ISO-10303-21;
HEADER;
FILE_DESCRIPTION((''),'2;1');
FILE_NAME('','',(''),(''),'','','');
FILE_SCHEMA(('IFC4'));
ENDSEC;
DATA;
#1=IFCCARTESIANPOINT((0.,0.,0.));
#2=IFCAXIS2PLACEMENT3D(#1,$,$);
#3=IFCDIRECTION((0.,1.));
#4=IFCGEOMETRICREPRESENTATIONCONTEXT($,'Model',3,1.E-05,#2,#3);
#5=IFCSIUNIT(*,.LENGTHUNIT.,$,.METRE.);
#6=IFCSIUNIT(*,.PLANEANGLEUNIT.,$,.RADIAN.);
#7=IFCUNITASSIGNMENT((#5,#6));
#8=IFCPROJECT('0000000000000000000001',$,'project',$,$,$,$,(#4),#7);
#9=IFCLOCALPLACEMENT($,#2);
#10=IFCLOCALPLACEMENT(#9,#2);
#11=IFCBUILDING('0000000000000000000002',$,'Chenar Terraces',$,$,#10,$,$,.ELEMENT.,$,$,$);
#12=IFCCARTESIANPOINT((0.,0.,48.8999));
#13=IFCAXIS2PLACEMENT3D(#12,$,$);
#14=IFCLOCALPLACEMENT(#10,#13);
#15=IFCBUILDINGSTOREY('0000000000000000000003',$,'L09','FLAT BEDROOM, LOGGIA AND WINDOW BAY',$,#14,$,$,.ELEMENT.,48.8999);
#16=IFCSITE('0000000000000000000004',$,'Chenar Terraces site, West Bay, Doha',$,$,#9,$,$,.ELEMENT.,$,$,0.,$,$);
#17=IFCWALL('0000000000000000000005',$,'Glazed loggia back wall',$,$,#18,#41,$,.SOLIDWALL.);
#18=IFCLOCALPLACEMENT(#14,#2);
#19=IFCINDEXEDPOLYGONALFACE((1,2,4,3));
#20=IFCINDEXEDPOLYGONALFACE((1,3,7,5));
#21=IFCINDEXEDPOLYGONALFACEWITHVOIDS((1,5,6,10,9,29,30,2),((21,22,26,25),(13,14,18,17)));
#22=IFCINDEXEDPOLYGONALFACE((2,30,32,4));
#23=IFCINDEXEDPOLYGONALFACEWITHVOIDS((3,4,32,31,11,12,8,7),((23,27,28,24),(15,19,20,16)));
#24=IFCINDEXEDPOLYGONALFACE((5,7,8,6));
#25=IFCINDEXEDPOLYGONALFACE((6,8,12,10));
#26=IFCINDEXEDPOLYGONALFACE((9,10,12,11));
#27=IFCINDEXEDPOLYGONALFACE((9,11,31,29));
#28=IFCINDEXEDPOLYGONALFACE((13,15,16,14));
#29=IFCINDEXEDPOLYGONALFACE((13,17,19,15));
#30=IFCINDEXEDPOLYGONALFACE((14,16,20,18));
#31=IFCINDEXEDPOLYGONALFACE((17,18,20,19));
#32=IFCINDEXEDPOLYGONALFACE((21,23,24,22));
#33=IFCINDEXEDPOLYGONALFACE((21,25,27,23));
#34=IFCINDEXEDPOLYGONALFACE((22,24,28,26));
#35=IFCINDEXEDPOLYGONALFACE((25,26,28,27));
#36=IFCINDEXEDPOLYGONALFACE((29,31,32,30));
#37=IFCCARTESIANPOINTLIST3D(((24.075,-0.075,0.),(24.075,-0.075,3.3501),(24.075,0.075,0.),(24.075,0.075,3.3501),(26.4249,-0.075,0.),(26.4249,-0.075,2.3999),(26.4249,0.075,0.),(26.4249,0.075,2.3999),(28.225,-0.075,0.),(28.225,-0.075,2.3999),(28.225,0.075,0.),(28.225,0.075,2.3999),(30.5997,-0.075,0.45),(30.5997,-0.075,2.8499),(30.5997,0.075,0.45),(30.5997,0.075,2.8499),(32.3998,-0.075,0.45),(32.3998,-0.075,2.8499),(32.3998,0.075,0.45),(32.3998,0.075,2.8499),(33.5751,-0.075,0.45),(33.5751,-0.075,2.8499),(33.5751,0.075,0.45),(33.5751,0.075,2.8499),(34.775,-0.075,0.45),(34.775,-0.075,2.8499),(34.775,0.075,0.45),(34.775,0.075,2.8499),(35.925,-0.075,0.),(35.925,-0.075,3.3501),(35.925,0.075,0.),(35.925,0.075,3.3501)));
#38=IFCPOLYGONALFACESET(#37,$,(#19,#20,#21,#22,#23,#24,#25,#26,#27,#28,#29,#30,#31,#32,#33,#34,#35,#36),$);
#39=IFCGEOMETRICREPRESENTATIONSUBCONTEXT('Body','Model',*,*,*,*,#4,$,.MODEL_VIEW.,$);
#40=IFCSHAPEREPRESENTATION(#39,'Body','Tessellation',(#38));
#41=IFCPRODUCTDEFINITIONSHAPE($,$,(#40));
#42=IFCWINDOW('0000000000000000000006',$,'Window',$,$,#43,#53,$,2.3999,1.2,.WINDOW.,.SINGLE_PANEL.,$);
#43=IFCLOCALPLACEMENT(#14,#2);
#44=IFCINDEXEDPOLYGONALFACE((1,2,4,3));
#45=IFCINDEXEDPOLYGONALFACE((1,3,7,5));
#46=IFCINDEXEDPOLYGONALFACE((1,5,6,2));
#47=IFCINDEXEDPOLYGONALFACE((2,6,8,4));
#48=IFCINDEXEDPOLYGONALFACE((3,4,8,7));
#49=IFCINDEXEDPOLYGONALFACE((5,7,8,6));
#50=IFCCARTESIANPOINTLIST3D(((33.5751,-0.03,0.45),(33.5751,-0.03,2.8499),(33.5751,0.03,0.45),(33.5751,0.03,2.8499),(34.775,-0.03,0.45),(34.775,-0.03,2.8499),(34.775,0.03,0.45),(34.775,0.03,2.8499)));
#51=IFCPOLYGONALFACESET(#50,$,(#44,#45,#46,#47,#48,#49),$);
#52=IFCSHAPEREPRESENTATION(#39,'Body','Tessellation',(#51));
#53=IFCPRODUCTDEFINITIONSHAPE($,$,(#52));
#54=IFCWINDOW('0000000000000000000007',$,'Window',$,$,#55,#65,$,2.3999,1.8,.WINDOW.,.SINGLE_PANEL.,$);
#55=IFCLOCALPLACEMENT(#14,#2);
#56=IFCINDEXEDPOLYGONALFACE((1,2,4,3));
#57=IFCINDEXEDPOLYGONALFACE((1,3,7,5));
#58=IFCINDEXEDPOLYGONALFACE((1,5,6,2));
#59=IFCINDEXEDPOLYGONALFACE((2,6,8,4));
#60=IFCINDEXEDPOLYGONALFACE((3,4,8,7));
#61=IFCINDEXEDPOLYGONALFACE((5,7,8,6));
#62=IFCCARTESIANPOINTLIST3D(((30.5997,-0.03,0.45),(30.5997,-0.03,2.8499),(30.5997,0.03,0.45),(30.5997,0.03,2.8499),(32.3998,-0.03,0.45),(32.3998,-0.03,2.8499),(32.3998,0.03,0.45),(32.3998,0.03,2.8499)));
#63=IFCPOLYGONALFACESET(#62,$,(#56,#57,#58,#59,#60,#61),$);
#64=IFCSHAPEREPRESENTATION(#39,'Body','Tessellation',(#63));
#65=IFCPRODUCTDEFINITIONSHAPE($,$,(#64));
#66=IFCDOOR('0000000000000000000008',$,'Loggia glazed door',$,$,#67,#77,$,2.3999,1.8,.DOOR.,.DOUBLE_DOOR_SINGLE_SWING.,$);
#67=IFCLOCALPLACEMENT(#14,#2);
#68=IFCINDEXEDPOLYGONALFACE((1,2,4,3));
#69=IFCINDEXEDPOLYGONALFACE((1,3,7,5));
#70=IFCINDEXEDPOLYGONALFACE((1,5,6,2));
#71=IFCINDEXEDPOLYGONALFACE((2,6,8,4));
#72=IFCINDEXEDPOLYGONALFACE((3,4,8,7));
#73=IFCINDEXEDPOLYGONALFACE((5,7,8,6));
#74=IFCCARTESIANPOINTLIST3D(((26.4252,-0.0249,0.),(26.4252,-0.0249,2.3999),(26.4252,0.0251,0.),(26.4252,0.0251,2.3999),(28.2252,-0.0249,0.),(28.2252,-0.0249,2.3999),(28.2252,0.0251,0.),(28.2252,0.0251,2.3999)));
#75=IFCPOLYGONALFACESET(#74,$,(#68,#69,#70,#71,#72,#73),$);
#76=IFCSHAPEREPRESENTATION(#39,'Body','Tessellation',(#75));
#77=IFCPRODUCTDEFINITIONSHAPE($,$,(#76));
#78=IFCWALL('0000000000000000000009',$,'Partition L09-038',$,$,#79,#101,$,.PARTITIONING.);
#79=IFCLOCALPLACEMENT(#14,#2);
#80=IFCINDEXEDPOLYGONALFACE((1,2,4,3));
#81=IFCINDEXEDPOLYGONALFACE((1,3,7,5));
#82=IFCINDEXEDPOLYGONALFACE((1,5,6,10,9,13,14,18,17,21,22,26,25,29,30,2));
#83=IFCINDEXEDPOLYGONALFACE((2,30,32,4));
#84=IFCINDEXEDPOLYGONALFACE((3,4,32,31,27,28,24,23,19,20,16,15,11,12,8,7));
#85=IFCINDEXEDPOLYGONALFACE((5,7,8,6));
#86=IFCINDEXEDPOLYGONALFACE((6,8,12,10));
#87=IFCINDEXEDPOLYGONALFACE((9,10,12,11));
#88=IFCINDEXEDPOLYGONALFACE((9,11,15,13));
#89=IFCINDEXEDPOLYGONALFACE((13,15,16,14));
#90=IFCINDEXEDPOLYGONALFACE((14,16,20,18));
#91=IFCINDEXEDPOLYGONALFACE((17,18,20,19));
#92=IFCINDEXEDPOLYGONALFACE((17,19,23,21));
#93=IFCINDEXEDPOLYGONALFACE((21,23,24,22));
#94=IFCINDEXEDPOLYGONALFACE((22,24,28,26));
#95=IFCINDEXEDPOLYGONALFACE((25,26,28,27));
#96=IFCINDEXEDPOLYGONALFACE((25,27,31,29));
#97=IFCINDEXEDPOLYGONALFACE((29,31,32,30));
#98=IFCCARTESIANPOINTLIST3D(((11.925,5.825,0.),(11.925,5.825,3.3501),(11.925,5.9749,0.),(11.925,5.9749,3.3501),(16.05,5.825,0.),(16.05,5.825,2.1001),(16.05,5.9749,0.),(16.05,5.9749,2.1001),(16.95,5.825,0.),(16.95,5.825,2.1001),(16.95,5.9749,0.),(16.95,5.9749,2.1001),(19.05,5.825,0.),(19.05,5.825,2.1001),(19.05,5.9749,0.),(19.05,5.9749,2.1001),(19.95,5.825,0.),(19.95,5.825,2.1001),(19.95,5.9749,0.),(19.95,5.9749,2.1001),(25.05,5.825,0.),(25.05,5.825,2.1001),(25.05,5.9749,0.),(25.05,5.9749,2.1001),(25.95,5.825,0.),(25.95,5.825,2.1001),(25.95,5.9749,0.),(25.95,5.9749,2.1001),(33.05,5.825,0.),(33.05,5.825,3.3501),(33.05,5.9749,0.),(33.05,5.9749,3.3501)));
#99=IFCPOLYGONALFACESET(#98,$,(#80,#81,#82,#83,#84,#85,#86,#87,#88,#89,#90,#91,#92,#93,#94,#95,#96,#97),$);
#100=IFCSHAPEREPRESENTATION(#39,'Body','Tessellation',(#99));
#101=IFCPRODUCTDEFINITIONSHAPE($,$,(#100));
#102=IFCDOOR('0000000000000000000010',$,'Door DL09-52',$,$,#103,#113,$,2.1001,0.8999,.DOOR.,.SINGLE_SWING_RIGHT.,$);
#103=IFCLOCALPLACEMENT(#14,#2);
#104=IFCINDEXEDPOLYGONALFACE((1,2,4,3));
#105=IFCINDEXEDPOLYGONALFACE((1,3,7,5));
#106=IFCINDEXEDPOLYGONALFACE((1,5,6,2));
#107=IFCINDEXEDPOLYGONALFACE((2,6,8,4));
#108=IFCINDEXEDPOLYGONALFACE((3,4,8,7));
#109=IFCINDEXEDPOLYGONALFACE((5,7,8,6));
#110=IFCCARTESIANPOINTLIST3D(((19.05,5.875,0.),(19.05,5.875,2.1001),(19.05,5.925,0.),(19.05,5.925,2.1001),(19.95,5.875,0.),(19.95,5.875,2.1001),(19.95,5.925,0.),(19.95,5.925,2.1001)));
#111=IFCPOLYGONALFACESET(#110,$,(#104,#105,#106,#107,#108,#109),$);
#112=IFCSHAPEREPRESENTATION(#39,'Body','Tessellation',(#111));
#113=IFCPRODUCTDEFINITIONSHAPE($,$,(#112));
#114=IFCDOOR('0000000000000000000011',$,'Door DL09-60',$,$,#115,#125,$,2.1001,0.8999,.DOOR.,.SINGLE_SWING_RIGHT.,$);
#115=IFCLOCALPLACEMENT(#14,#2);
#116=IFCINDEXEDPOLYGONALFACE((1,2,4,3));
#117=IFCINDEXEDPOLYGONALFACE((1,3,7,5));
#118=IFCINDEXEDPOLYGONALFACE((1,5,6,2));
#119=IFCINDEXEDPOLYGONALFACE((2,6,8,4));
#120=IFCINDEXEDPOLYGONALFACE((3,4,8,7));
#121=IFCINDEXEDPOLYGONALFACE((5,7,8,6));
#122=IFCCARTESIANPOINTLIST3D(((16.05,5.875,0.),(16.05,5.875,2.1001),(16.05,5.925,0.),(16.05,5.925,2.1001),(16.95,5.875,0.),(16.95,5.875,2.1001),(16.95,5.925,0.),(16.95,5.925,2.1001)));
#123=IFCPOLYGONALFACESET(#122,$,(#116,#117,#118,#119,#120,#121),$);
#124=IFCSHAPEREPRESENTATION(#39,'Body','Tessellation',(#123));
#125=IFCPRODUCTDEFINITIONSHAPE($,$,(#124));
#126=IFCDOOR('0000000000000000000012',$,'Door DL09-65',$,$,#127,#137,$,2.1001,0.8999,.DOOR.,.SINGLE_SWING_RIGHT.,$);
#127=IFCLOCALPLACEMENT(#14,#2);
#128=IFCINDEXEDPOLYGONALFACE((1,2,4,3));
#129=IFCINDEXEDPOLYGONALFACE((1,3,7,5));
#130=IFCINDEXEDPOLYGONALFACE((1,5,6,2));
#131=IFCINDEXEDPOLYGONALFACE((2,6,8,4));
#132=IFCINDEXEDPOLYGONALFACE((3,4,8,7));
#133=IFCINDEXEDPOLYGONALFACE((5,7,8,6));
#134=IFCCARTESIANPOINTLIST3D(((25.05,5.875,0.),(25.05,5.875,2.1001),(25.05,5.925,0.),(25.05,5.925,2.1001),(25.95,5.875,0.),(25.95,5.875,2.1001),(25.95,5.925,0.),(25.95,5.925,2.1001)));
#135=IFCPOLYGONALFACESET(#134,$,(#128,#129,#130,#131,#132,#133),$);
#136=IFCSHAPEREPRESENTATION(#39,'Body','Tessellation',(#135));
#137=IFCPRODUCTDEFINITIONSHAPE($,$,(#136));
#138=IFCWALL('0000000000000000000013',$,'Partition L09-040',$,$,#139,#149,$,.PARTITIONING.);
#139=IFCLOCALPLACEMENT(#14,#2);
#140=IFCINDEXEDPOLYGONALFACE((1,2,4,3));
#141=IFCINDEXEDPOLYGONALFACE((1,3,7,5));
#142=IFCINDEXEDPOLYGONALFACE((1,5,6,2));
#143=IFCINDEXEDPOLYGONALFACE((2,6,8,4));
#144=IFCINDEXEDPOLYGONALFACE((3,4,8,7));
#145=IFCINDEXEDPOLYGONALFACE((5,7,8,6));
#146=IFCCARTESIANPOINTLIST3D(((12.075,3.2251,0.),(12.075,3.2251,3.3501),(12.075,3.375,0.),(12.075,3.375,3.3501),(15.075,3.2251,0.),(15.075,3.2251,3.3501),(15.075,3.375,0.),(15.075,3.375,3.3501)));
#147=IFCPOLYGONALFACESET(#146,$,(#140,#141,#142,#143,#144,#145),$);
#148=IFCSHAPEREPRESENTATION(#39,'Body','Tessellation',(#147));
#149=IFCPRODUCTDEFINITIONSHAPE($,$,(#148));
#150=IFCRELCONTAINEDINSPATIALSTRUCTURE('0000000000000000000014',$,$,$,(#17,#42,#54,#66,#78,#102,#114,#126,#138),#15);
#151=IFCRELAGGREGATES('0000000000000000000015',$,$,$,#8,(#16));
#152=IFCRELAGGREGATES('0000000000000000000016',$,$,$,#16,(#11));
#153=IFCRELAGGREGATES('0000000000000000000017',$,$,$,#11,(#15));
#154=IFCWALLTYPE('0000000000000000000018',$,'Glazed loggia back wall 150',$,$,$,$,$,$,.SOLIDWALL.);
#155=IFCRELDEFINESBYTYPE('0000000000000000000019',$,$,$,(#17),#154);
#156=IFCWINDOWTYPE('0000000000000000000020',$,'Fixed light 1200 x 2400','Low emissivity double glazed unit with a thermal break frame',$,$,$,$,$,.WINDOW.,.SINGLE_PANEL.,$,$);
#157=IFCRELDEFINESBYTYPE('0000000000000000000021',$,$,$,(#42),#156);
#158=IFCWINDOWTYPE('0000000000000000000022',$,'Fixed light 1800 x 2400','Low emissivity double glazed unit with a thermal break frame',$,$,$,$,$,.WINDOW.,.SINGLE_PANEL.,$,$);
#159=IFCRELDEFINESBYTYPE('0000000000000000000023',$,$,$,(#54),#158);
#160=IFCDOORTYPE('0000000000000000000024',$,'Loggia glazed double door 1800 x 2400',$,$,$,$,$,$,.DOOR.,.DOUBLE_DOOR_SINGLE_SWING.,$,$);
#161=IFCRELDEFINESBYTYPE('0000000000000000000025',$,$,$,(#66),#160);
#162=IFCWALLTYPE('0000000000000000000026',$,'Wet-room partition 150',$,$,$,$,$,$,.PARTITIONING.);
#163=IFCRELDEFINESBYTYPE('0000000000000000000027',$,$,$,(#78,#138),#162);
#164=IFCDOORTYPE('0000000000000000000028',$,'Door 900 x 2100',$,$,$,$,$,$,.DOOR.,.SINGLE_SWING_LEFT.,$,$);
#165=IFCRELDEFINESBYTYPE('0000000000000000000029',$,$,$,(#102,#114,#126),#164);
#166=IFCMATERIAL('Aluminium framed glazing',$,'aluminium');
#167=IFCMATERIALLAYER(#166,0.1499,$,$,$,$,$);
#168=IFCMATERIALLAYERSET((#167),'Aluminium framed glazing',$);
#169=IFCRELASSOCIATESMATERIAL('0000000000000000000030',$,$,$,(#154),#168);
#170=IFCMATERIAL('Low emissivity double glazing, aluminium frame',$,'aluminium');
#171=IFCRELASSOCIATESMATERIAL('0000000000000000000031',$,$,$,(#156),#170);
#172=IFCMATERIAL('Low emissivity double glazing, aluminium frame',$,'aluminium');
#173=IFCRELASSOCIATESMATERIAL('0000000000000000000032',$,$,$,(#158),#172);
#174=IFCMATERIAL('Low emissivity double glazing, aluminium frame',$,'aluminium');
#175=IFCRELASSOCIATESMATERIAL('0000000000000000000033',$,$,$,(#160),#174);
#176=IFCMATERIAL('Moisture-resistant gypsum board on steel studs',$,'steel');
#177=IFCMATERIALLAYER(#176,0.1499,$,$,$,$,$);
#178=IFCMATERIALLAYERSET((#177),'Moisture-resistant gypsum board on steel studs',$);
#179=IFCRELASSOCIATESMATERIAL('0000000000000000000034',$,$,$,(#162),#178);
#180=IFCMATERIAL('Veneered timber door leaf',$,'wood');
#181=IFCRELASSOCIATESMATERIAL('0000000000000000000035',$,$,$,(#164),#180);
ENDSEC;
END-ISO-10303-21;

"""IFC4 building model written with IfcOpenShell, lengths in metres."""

from ifc_helpers import new_model, si_unit, direction, frame, frame_2d, origin, place, context, subcontext, project, spatial, rectangle, extrude, material, layer, layer_set, type_object, element, fill, save


model = new_model("IFC4")

# Units and contexts
model_context = context("Model", 3, precision=1e-05, world=origin(), true_north=direction((0.0, 1.0)))
body_context = subcontext(model_context, "Body", "Model", "MODEL_VIEW")
ifc_project = project(units=[si_unit("LENGTHUNIT", "METRE"), si_unit("PLANEANGLEUNIT", "RADIAN")], contexts=[model_context])

# Site, building, storey
site_placement = place(None, origin())
site = spatial("IfcSite", under=ifc_project, at=site_placement, Name="Chenar Terraces site, West Bay, Doha", CompositionType="ELEMENT", RefElevation=0.0)
building_placement = place(site_placement, origin())
building = spatial("IfcBuilding", under=site, at=building_placement, Name="Chenar Terraces", CompositionType="ELEMENT")
storey_placement = place(building_placement, frame((0.0, 0.0, 48.8999)))
storey = spatial("IfcBuildingStorey", under=building, at=storey_placement, Name="L09", Description="FLAT BEDROOM, LOGGIA AND WINDOW BAY", CompositionType="ELEMENT", Elevation=48.8999)

# Wall, openings, windows, door
ifc_material_1 = material(Name="Aluminium framed glazing", Category="aluminium")
ifc_layer_1 = layer(ifc_material_1, 0.1499)
ifc_layer_set_1 = layer_set([ifc_layer_1], Name="Aluminium framed glazing")
wall_type_1 = type_object("IfcWallType", Name="Glazed loggia back wall 150", PredefinedType="SOLIDWALL", material=ifc_layer_set_1)
wall_1_placement = place(storey_placement, frame((24.075, 0.0, 0.0), z_axis=(0.0, 0.0, 1.0), x_axis=(1.0, 0.0, 0.0)))
wall_1 = element("IfcWall", 1, at=wall_1_placement, inside=storey, type_object=wall_type_1, Name="Glazed loggia back wall", PredefinedType="SOLIDWALL", context=body_context, shape_type="SweptSolid", body=[
    extrude(rectangle(XDim=11.8501, YDim=0.1499, at=frame_2d((5.925, 0.0))), origin(), (0.0, 0.0, 1.0), 3.3501),
])
opening_1_placement = place(wall_1_placement, frame((2.3501, 0.0, 0.0)))
opening_1 = element("IfcOpeningElement", 2, at=opening_1_placement, cuts=wall_1, PredefinedType="OPENING", context=body_context, shape_type="SweptSolid", body=[
    extrude(rectangle(XDim=1.8, YDim=2.3999, at=frame_2d((0.8999, 1.2))), frame((0.0, 0.085, 0.0), z_axis=(0.0, -1.0, 0.0), x_axis=(1.0, 0.0, 0.0)), (0.0, 0.0, 1.0), 0.1699),
])
opening_2_placement = place(wall_1_placement, frame((6.5249, 0.0, 0.45)))
opening_2 = element("IfcOpeningElement", 3, at=opening_2_placement, cuts=wall_1, PredefinedType="OPENING", context=body_context, shape_type="SweptSolid", body=[
    extrude(rectangle(XDim=1.8, YDim=2.3999, at=frame_2d((0.8999, 1.2))), frame((0.0, 0.085, 0.0), z_axis=(0.0, -1.0, 0.0), x_axis=(1.0, 0.0, 0.0)), (0.0, 0.0, 1.0), 0.1699),
])
opening_3_placement = place(wall_1_placement, frame((9.5, 0.0, 0.45)))
opening_3 = element("IfcOpeningElement", 4, at=opening_3_placement, cuts=wall_1, PredefinedType="OPENING", context=body_context, shape_type="SweptSolid", body=[
    extrude(rectangle(XDim=1.2, YDim=2.3999, at=frame_2d((0.6001, 1.2))), frame((0.0, 0.085, 0.0), z_axis=(0.0, -1.0, 0.0), x_axis=(1.0, 0.0, 0.0)), (0.0, 0.0, 1.0), 0.1699),
])
ifc_material_2 = material(Name="Low emissivity double glazing, aluminium frame", Category="aluminium")
window_type_1 = type_object("IfcWindowType", Name="Fixed light 1200 x 2400", Description="Low emissivity double glazed unit with a thermal break frame", PartitioningType="SINGLE_PANEL", PredefinedType="WINDOW", material=ifc_material_2)
window_1_placement = place(opening_3_placement, origin())
window_1 = element("IfcWindow", 5, at=window_1_placement, inside=storey, type_object=window_type_1, Name="Window", OverallHeight=2.3999, OverallWidth=1.2, PartitioningType="SINGLE_PANEL", PredefinedType="WINDOW", context=body_context, shape_type="SweptSolid", body=[
    extrude(rectangle(XDim=1.2, YDim=2.3999, at=frame_2d((0.6001, 1.2))), frame((0.0, 0.03, 0.0), z_axis=(0.0, -1.0, 0.0), x_axis=(1.0, 0.0, 0.0)), (0.0, 0.0, 1.0), 0.0601),
])
fill(opening_3, window_1)
ifc_material_3 = material(Name="Low emissivity double glazing, aluminium frame", Category="aluminium")
window_type_2 = type_object("IfcWindowType", Name="Fixed light 1800 x 2400", Description="Low emissivity double glazed unit with a thermal break frame", PartitioningType="SINGLE_PANEL", PredefinedType="WINDOW", material=ifc_material_3)
window_2_placement = place(opening_2_placement, origin())
window_2 = element("IfcWindow", 6, at=window_2_placement, inside=storey, type_object=window_type_2, Name="Window", OverallHeight=2.3999, OverallWidth=1.8, PartitioningType="SINGLE_PANEL", PredefinedType="WINDOW", context=body_context, shape_type="SweptSolid", body=[
    extrude(rectangle(XDim=1.8, YDim=2.3999, at=frame_2d((0.8999, 1.2))), frame((0.0, 0.03, 0.0), z_axis=(0.0, -1.0, 0.0), x_axis=(1.0, 0.0, 0.0)), (0.0, 0.0, 1.0), 0.0601),
])
fill(opening_2, window_2)
ifc_material_4 = material(Name="Low emissivity double glazing, aluminium frame", Category="aluminium")
door_type_1 = type_object("IfcDoorType", Name="Loggia glazed double door 1800 x 2400", OperationType="DOUBLE_DOOR_SINGLE_SWING", PredefinedType="DOOR", material=ifc_material_4)
door_1_placement = place(opening_1_placement, frame((1.8, 0.0, 0.0), z_axis=(0.0, 0.0, 1.0), x_axis=(-1.0, 0.0, 0.0)))
door_1 = element("IfcDoor", 7, at=door_1_placement, inside=storey, type_object=door_type_1, Name="Loggia glazed door", OperationType="DOUBLE_DOOR_SINGLE_SWING", OverallHeight=2.3999, OverallWidth=1.8, PredefinedType="DOOR", context=body_context, shape_type="SweptSolid", body=[
    extrude(rectangle(XDim=1.8, YDim=2.3999, at=frame_2d((0.8999, 1.2))), frame((0.0, 0.0249, 0.0), z_axis=(0.0, -1.0, 0.0), x_axis=(1.0, 0.0, 0.0)), (0.0, 0.0, 1.0), 0.05),
])
fill(opening_1, door_1)

# Wall, openings, doors
ifc_material_5 = material(Name="Moisture-resistant gypsum board on steel studs", Category="steel")
ifc_layer_2 = layer(ifc_material_5, 0.1499)
ifc_layer_set_2 = layer_set([ifc_layer_2], Name="Moisture-resistant gypsum board on steel studs")
wall_type_2 = type_object("IfcWallType", Name="Wet-room partition 150", PredefinedType="PARTITIONING", material=ifc_layer_set_2)
wall_2_placement = place(storey_placement, frame((11.925, 5.8999, 0.0), z_axis=(0.0, 0.0, 1.0), x_axis=(1.0, 0.0, 0.0)))
wall_2 = element("IfcWall", 8, at=wall_2_placement, inside=storey, type_object=wall_type_2, Name="Partition L09-038", PredefinedType="PARTITIONING", context=body_context, shape_type="SweptSolid", body=[
    extrude(rectangle(XDim=21.125, YDim=0.1499, at=frame_2d((10.5625, 0.0))), origin(), (0.0, 0.0, 1.0), 3.3501),
])
opening_4_placement = place(wall_2_placement, frame((7.125, 0.0, 0.0)))
opening_4 = element("IfcOpeningElement", 9, at=opening_4_placement, cuts=wall_2, PredefinedType="OPENING", context=body_context, shape_type="SweptSolid", body=[
    extrude(rectangle(XDim=0.8999, YDim=2.1001, at=frame_2d((0.45, 1.05))), frame((0.0, 0.085, 0.0), z_axis=(0.0, -1.0, 0.0), x_axis=(1.0, 0.0, 0.0)), (0.0, 0.0, 1.0), 0.1699),
])
opening_5_placement = place(wall_2_placement, frame((4.125, 0.0, 0.0)))
opening_5 = element("IfcOpeningElement", 10, at=opening_5_placement, cuts=wall_2, PredefinedType="OPENING", context=body_context, shape_type="SweptSolid", body=[
    extrude(rectangle(XDim=0.8999, YDim=2.1001, at=frame_2d((0.45, 1.05))), frame((0.0, 0.085, 0.0), z_axis=(0.0, -1.0, 0.0), x_axis=(1.0, 0.0, 0.0)), (0.0, 0.0, 1.0), 0.1699),
])
opening_6_placement = place(wall_2_placement, frame((13.125, 0.0, 0.0)))
opening_6 = element("IfcOpeningElement", 11, at=opening_6_placement, cuts=wall_2, PredefinedType="OPENING", context=body_context, shape_type="SweptSolid", body=[
    extrude(rectangle(XDim=0.8999, YDim=2.1001, at=frame_2d((0.45, 1.05))), frame((0.0, 0.085, 0.0), z_axis=(0.0, -1.0, 0.0), x_axis=(1.0, 0.0, 0.0)), (0.0, 0.0, 1.0), 0.1699),
])
ifc_material_6 = material(Name="Veneered timber door leaf", Category="wood")
door_type_2 = type_object("IfcDoorType", Name="Door 900 x 2100", OperationType="SINGLE_SWING_LEFT", PredefinedType="DOOR", material=ifc_material_6)
door_2_placement = place(opening_4_placement, frame((0.8999, 0.0, 0.0), z_axis=(0.0, 0.0, 1.0), x_axis=(-1.0, 0.0, 0.0)))
door_2 = element("IfcDoor", 12, at=door_2_placement, inside=storey, type_object=door_type_2, Name="Door DL09-52", OperationType="SINGLE_SWING_RIGHT", OverallHeight=2.1001, OverallWidth=0.8999, PredefinedType="DOOR", context=body_context, shape_type="SweptSolid", body=[
    extrude(rectangle(XDim=0.8999, YDim=2.1001, at=frame_2d((0.45, 1.05))), frame((0.0, 0.0249, 0.0), z_axis=(0.0, -1.0, 0.0), x_axis=(1.0, 0.0, 0.0)), (0.0, 0.0, 1.0), 0.05),
])
fill(opening_4, door_2)
door_3_placement = place(opening_5_placement, frame((0.8999, 0.0, 0.0), z_axis=(0.0, 0.0, 1.0), x_axis=(-1.0, 0.0, 0.0)))
door_3 = element("IfcDoor", 13, at=door_3_placement, inside=storey, type_object=door_type_2, Name="Door DL09-60", OperationType="SINGLE_SWING_RIGHT", OverallHeight=2.1001, OverallWidth=0.8999, PredefinedType="DOOR", context=body_context, shape_type="SweptSolid", body=[
    extrude(rectangle(XDim=0.8999, YDim=2.1001, at=frame_2d((0.45, 1.05))), frame((0.0, 0.0249, 0.0), z_axis=(0.0, -1.0, 0.0), x_axis=(1.0, 0.0, 0.0)), (0.0, 0.0, 1.0), 0.05),
])
fill(opening_5, door_3)
door_4_placement = place(opening_6_placement, frame((0.8999, 0.0, 0.0), z_axis=(0.0, 0.0, 1.0), x_axis=(-1.0, 0.0, 0.0)))
door_4 = element("IfcDoor", 14, at=door_4_placement, inside=storey, type_object=door_type_2, Name="Door DL09-65", OperationType="SINGLE_SWING_RIGHT", OverallHeight=2.1001, OverallWidth=0.8999, PredefinedType="DOOR", context=body_context, shape_type="SweptSolid", body=[
    extrude(rectangle(XDim=0.8999, YDim=2.1001, at=frame_2d((0.45, 1.05))), frame((0.0, 0.0249, 0.0), z_axis=(0.0, -1.0, 0.0), x_axis=(1.0, 0.0, 0.0)), (0.0, 0.0, 1.0), 0.05),
])
fill(opening_6, door_4)

# Wall
wall_3_placement = place(storey_placement, frame((12.075, 3.3, 0.0), z_axis=(0.0, 0.0, 1.0), x_axis=(1.0, 0.0, 0.0)))
element("IfcWall", 15, at=wall_3_placement, inside=storey, type_object=wall_type_2, Name="Partition L09-040", PredefinedType="PARTITIONING", context=body_context, shape_type="SweptSolid", body=[
    extrude(rectangle(XDim=3.0, YDim=0.1499, at=frame_2d((1.5, 0.0))), origin(), (0.0, 0.0, 1.0), 3.3501),
])

save(model, "model.ifc")
